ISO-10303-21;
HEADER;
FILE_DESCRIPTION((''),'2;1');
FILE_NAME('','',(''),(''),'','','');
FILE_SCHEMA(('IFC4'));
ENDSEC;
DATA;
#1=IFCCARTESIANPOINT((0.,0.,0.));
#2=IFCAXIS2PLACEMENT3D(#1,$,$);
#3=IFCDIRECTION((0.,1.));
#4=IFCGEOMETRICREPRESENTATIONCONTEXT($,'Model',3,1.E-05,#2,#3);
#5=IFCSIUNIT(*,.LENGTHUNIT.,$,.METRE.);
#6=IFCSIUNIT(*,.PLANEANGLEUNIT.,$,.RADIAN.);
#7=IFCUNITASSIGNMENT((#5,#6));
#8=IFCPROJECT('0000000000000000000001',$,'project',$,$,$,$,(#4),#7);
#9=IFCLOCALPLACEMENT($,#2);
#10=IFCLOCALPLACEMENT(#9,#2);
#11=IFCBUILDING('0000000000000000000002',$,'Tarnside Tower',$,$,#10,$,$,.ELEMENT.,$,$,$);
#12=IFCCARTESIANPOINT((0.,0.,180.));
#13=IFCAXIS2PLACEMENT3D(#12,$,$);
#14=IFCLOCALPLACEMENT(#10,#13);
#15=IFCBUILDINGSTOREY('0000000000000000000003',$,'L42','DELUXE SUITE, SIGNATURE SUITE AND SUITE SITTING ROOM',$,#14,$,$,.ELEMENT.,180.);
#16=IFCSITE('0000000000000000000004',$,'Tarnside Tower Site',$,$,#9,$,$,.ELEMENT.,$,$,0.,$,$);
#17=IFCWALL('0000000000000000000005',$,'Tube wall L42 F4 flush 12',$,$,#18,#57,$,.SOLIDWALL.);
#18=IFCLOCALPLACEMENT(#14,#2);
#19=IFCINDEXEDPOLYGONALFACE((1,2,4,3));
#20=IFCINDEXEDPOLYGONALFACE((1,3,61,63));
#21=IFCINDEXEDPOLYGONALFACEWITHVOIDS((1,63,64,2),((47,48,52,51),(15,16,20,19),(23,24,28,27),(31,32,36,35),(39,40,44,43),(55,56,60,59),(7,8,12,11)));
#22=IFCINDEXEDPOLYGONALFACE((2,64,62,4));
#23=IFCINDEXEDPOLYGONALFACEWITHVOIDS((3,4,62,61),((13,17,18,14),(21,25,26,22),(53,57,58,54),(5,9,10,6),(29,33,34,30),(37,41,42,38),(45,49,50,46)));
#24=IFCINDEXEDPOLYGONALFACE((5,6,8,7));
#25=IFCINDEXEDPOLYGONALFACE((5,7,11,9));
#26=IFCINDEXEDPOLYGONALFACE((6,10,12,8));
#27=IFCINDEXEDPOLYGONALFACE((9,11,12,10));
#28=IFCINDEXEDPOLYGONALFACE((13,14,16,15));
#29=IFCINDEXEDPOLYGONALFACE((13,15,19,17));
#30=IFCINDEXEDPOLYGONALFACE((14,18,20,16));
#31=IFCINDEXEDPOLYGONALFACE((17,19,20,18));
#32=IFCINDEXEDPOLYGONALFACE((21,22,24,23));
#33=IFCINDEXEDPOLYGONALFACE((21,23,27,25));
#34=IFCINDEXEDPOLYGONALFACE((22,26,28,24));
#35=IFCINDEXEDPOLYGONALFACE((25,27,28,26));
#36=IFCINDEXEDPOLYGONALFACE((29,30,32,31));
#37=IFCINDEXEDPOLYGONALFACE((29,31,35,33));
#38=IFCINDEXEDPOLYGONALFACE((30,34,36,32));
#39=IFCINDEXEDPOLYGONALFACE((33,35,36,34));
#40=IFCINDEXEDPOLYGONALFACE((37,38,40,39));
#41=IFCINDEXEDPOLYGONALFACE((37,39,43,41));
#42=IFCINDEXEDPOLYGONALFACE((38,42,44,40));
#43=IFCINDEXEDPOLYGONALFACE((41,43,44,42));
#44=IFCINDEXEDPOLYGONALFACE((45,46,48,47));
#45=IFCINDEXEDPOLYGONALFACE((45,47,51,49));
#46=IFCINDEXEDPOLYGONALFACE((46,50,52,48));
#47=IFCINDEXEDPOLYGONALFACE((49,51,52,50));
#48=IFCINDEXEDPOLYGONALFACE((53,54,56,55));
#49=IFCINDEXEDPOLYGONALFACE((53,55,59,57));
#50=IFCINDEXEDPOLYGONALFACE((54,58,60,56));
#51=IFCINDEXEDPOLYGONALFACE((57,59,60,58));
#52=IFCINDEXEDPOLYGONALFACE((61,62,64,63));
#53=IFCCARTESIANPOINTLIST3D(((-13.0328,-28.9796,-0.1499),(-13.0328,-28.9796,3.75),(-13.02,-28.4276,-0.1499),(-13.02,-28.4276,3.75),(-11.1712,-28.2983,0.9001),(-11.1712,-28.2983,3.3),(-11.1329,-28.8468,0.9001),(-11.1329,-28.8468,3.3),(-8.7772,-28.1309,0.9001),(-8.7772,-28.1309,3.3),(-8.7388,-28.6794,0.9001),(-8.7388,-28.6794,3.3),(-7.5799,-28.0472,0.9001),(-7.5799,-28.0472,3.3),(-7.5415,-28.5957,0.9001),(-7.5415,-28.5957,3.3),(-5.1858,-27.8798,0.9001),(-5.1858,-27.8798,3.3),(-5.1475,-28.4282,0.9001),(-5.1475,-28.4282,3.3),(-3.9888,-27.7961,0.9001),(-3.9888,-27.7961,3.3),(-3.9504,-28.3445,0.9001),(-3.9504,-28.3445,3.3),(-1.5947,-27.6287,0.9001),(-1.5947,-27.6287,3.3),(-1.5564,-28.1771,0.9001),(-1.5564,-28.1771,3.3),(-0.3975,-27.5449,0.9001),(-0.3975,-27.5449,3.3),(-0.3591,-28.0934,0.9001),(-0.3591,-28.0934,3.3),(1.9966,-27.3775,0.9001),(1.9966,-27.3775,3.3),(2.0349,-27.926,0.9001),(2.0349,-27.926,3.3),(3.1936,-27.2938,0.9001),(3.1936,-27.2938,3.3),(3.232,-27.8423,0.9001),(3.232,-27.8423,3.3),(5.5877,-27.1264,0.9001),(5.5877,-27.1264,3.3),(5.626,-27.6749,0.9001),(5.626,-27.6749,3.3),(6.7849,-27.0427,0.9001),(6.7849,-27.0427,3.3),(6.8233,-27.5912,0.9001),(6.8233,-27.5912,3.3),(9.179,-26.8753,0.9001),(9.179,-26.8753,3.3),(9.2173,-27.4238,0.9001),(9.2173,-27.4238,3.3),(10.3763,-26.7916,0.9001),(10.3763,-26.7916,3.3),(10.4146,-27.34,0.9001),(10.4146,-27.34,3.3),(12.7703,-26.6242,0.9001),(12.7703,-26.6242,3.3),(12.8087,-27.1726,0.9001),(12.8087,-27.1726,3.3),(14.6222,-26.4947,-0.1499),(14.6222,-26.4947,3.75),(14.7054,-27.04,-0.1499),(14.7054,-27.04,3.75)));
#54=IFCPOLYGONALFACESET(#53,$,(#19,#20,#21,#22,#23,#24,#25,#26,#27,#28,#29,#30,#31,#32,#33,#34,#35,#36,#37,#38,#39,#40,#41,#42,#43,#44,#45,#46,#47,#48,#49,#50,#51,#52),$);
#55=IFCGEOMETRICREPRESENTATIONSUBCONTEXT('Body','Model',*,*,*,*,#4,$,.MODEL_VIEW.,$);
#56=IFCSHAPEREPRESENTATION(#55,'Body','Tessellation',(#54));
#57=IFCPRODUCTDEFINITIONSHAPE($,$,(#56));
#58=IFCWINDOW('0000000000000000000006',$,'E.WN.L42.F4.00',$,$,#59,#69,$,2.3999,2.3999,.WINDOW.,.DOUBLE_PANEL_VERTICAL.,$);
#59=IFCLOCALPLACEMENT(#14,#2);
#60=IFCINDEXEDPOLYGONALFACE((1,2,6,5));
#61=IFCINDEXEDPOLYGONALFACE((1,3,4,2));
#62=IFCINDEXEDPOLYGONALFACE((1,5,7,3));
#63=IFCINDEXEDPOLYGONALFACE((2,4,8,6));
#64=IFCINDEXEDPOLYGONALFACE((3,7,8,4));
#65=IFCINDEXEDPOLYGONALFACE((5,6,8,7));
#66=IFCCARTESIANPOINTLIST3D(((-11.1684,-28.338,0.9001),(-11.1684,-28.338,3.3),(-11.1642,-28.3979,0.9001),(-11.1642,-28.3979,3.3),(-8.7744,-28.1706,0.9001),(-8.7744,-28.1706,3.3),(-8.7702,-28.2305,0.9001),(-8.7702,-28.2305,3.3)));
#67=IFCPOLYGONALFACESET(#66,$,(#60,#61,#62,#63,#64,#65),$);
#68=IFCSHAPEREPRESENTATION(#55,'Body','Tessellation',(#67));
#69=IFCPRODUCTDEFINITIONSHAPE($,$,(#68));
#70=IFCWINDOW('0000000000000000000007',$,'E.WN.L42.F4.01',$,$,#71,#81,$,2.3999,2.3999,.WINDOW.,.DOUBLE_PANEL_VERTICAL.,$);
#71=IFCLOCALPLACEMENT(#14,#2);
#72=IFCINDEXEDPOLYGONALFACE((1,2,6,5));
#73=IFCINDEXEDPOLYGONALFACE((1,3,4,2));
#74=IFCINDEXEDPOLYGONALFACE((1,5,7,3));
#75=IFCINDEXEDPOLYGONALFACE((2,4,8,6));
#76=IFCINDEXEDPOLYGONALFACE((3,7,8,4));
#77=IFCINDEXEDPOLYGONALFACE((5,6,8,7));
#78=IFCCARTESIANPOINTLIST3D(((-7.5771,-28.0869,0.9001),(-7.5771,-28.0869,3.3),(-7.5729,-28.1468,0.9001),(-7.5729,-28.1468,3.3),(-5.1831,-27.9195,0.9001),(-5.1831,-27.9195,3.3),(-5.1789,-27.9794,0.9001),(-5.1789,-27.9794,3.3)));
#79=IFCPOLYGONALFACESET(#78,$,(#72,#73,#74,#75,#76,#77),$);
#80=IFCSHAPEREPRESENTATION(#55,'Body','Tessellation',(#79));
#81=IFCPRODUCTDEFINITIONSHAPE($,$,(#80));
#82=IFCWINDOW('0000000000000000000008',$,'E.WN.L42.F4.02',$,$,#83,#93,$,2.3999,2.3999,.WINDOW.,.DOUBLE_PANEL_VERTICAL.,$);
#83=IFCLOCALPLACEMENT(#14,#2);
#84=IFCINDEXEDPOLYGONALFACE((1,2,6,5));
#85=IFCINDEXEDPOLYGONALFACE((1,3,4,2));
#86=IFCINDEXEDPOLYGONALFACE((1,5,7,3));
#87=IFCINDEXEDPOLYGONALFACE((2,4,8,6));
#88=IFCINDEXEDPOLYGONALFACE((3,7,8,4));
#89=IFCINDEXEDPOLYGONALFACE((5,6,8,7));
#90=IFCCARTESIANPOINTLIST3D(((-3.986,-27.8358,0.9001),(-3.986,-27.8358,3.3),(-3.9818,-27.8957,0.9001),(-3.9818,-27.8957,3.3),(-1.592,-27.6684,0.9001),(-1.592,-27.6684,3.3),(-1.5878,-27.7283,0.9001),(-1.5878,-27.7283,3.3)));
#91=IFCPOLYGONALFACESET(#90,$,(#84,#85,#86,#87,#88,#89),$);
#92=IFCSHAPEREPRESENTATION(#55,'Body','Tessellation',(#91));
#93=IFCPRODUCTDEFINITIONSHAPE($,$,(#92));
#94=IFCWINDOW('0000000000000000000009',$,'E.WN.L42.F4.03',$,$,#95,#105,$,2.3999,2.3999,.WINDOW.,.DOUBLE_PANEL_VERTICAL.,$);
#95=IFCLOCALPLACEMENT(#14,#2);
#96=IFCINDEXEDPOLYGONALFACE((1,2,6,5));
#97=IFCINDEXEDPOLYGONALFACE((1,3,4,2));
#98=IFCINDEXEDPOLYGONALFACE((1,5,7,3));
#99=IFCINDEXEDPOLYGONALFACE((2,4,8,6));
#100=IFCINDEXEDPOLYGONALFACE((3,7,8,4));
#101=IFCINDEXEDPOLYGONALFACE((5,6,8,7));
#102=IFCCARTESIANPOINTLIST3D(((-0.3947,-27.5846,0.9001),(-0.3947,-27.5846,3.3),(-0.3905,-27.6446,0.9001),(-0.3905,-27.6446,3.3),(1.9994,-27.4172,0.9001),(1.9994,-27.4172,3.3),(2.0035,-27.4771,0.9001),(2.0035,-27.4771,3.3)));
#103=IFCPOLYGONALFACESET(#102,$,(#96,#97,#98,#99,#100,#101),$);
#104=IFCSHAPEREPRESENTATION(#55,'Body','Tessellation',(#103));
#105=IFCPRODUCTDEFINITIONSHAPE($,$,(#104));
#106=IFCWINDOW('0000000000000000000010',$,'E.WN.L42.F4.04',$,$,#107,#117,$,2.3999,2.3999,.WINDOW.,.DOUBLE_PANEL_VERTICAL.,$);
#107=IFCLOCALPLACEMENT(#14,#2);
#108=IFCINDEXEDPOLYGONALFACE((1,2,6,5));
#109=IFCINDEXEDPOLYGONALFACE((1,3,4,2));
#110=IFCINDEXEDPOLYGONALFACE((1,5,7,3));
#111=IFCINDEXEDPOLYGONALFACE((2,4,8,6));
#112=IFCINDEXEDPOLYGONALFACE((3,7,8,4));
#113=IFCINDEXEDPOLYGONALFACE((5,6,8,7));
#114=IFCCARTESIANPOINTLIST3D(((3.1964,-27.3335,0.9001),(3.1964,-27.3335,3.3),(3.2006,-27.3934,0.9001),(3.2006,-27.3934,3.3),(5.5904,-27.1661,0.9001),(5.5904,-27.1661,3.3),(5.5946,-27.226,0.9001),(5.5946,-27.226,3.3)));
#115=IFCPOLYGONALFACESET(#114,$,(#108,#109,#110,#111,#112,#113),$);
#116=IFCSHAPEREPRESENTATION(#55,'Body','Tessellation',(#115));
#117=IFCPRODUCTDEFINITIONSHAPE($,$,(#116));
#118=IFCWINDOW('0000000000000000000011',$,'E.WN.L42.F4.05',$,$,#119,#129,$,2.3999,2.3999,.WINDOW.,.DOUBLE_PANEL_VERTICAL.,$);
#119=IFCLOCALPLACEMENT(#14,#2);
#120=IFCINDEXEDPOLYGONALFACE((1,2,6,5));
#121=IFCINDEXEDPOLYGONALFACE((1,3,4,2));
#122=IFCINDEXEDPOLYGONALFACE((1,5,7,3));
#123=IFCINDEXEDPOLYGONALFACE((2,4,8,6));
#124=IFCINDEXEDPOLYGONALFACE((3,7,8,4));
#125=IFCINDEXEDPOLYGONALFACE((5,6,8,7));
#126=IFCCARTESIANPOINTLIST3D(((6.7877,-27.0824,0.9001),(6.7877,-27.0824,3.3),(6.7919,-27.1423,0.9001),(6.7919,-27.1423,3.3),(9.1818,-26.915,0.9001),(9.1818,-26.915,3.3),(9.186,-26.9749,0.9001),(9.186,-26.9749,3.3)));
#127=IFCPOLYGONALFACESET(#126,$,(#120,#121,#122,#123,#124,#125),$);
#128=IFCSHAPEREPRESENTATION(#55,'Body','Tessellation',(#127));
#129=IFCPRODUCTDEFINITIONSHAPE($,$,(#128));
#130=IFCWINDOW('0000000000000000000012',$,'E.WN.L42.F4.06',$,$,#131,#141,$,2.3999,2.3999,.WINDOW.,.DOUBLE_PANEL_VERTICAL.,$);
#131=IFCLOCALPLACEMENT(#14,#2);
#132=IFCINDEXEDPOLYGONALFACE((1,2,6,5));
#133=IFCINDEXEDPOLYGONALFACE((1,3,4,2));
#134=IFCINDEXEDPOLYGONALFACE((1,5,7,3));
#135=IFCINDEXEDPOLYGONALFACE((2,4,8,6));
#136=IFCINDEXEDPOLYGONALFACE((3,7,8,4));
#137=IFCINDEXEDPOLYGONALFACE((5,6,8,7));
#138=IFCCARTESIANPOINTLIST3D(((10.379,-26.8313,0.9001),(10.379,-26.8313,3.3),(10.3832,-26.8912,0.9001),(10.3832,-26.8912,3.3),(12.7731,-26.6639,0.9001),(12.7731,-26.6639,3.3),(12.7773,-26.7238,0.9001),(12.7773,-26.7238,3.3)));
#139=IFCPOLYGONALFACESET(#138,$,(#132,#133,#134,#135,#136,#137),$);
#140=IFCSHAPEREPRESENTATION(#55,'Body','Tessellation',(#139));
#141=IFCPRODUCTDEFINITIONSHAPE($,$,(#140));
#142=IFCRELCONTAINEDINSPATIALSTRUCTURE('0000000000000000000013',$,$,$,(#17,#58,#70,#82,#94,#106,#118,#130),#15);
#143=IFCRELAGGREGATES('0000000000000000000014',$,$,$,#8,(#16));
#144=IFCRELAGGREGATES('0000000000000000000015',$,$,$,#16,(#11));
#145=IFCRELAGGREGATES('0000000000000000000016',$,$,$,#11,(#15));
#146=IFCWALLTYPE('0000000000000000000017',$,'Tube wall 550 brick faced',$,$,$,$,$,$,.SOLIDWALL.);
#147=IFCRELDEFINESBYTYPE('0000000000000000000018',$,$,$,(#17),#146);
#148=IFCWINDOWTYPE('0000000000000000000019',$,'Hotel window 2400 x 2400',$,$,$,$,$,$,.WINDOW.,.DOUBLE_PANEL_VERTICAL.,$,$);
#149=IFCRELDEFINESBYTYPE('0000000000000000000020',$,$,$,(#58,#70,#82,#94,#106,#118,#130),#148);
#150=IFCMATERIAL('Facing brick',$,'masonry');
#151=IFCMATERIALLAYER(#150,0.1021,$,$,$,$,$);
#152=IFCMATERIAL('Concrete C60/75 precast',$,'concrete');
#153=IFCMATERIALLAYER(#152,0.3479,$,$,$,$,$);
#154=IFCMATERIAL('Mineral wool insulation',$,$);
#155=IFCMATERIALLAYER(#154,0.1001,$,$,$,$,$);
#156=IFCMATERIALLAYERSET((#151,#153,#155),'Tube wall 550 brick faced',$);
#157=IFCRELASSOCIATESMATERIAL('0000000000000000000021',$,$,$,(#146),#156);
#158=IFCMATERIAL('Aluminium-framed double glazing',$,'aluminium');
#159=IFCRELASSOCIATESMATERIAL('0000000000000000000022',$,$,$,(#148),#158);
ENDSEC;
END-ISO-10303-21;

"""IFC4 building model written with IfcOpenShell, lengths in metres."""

from ifc_helpers import new_model, si_unit, direction, frame, frame_2d, origin, place, context, subcontext, project, spatial, polyline, rectangle, outline, extrude, material, layer, layer_set, type_object, element, fill, save


model = new_model("IFC4")

# Units and contexts
model_context = context("Model", 3, precision=1e-05, world=origin(), true_north=direction((0.0, 1.0)))
body_context = subcontext(model_context, "Body", "Model", "MODEL_VIEW")
ifc_project = project(units=[si_unit("LENGTHUNIT", "METRE"), si_unit("PLANEANGLEUNIT", "RADIAN")], contexts=[model_context])

# Site, building, storey
site_placement = place(None, origin())
site = spatial("IfcSite", under=ifc_project, at=site_placement, Name="Tarnside Tower Site", CompositionType="ELEMENT", RefElevation=0.0)
building_placement = place(site_placement, origin())
building = spatial("IfcBuilding", under=site, at=building_placement, Name="Tarnside Tower", CompositionType="ELEMENT")
storey_placement = place(building_placement, frame((0.0, 0.0, 180.0)))
storey = spatial("IfcBuildingStorey", under=building, at=storey_placement, Name="L42", Description="DELUXE SUITE, SIGNATURE SUITE AND SUITE SITTING ROOM", CompositionType="ELEMENT", Elevation=180.0)

# Shared definitions
ifc_material_1 = material(Name="Facing brick", Category="masonry")
ifc_layer_1 = layer(ifc_material_1, 0.1021)
ifc_material_2 = material(Name="Concrete C60/75 precast", Category="concrete")
ifc_layer_2 = layer(ifc_material_2, 0.3479)
ifc_material_3 = material(Name="Mineral wool insulation")
ifc_layer_3 = layer(ifc_material_3, 0.1001)
ifc_layer_set_1 = layer_set([ifc_layer_1, ifc_layer_2, ifc_layer_3], Name="Tube wall 550 brick faced")
wall_type_1 = type_object("IfcWallType", Name="Tube wall 550 brick faced", PredefinedType="SOLIDWALL", material=ifc_layer_set_1)

# Wall, openings, windows
wall_1_placement = place(storey_placement, frame((-13.0264, -28.7036, -0.1499), z_axis=(0.0, 0.0, 1.0), x_axis=(0.997564, 0.069756, 0.0)))
wall_1 = element("IfcWall", 1, at=wall_1_placement, inside=storey, type_object=wall_type_1, Name="Tube wall L42 F4 flush 12", PredefinedType="SOLIDWALL", context=body_context, shape_type="SweptSolid", body=[
    extrude(outline(polyline([(-0.0256, -0.2749), (27.7803, -0.2749), (27.7354, 0.2749), (0.0256, 0.2749), (-0.0256, -0.2749)])), origin(), (0.0, 0.0, 1.0), 3.8999),
])
opening_1_placement = place(wall_1_placement, frame((1.8789, 0.0, 1.05)))
opening_1 = element("IfcOpeningElement", 2, at=opening_1_placement, cuts=wall_1, PredefinedType="OPENING", context=body_context, shape_type="SweptSolid", body=[
    extrude(rectangle(XDim=2.3999, YDim=2.3999, at=frame_2d((1.2, 1.2))), frame((0.0, 0.2852, 0.0), z_axis=(0.0, -1.0, 0.0), x_axis=(1.0, 0.0, 0.0)), (0.0, 0.0, 1.0), 0.5701),
])
opening_2_placement = place(wall_1_placement, frame((5.479, 0.0, 1.05)))
opening_2 = element("IfcOpeningElement", 3, at=opening_2_placement, cuts=wall_1, PredefinedType="OPENING", context=body_context, shape_type="SweptSolid", body=[
    extrude(rectangle(XDim=2.3999, YDim=2.3999, at=frame_2d((1.2, 1.2))), frame((0.0, 0.2852, 0.0), z_axis=(0.0, -1.0, 0.0), x_axis=(1.0, 0.0, 0.0)), (0.0, 0.0, 1.0), 0.5701),
])
opening_3_placement = place(wall_1_placement, frame((9.0789, 0.0, 1.05)))
opening_3 = element("IfcOpeningElement", 4, at=opening_3_placement, cuts=wall_1, PredefinedType="OPENING", context=body_context, shape_type="SweptSolid", body=[
    extrude(rectangle(XDim=2.3999, YDim=2.3999, at=frame_2d((1.2, 1.2))), frame((0.0, 0.2852, 0.0), z_axis=(0.0, -1.0, 0.0), x_axis=(1.0, 0.0, 0.0)), (0.0, 0.0, 1.0), 0.5701),
])
opening_4_placement = place(wall_1_placement, frame((12.679, 0.0, 1.05)))
opening_4 = element("IfcOpeningElement", 5, at=opening_4_placement, cuts=wall_1, PredefinedType="OPENING", context=body_context, shape_type="SweptSolid", body=[
    extrude(rectangle(XDim=2.3999, YDim=2.3999, at=frame_2d((1.2, 1.2))), frame((0.0, 0.2852, 0.0), z_axis=(0.0, -1.0, 0.0), x_axis=(1.0, 0.0, 0.0)), (0.0, 0.0, 1.0), 0.5701),
])
opening_5_placement = place(wall_1_placement, frame((16.2788, 0.0, 1.05)))
opening_5 = element("IfcOpeningElement", 6, at=opening_5_placement, cuts=wall_1, PredefinedType="OPENING", context=body_context, shape_type="SweptSolid", body=[
    extrude(rectangle(XDim=2.3999, YDim=2.3999, at=frame_2d((1.2, 1.2))), frame((0.0, 0.2852, 0.0), z_axis=(0.0, -1.0, 0.0), x_axis=(1.0, 0.0, 0.0)), (0.0, 0.0, 1.0), 0.5701),
])
opening_6_placement = place(wall_1_placement, frame((19.8789, 0.0, 1.05)))
opening_6 = element("IfcOpeningElement", 7, at=opening_6_placement, cuts=wall_1, PredefinedType="OPENING", context=body_context, shape_type="SweptSolid", body=[
    extrude(rectangle(XDim=2.3999, YDim=2.3999, at=frame_2d((1.2, 1.2))), frame((0.0, 0.2852, 0.0), z_axis=(0.0, -1.0, 0.0), x_axis=(1.0, 0.0, 0.0)), (0.0, 0.0, 1.0), 0.5701),
])
opening_7_placement = place(wall_1_placement, frame((23.479, 0.0, 1.05)))
opening_7 = element("IfcOpeningElement", 8, at=opening_7_placement, cuts=wall_1, PredefinedType="OPENING", context=body_context, shape_type="SweptSolid", body=[
    extrude(rectangle(XDim=2.3999, YDim=2.3999, at=frame_2d((1.2, 1.2))), frame((0.0, 0.2852, 0.0), z_axis=(0.0, -1.0, 0.0), x_axis=(1.0, 0.0, 0.0)), (0.0, 0.0, 1.0), 0.5701),
])
ifc_material_4 = material(Name="Aluminium-framed double glazing", Category="aluminium")
window_type = type_object("IfcWindowType", Name="Hotel window 2400 x 2400", PartitioningType="DOUBLE_PANEL_VERTICAL", PredefinedType="WINDOW", material=ifc_material_4)
window_1_placement = place(opening_1_placement, frame((0.0, 0.2051, 0.0)))
window_1 = element("IfcWindow", 9, at=window_1_placement, inside=storey, type_object=window_type, Name="E.WN.L42.F4.00", OverallHeight=2.3999, OverallWidth=2.3999, PartitioningType="DOUBLE_PANEL_VERTICAL", PredefinedType="WINDOW", context=body_context, shape_type="SweptSolid", body=[
    extrude(rectangle(XDim=2.3999, YDim=2.3999, at=frame_2d((1.2, 1.2))), frame((0.0, 0.03, 0.0), z_axis=(0.0, -1.0, 0.0), x_axis=(1.0, 0.0, 0.0)), (0.0, 0.0, 1.0), 0.0601),
])
fill(opening_1, window_1)
window_2_placement = place(opening_2_placement, frame((0.0, 0.2051, 0.0)))
window_2 = element("IfcWindow", 10, at=window_2_placement, inside=storey, type_object=window_type, Name="E.WN.L42.F4.01", OverallHeight=2.3999, OverallWidth=2.3999, PartitioningType="DOUBLE_PANEL_VERTICAL", PredefinedType="WINDOW", context=body_context, shape_type="SweptSolid", body=[
    extrude(rectangle(XDim=2.3999, YDim=2.3999, at=frame_2d((1.2, 1.2))), frame((0.0, 0.03, 0.0), z_axis=(0.0, -1.0, 0.0), x_axis=(1.0, 0.0, 0.0)), (0.0, 0.0, 1.0), 0.0601),
])
fill(opening_2, window_2)
window_3_placement = place(opening_3_placement, frame((0.0, 0.2051, 0.0)))
window_3 = element("IfcWindow", 11, at=window_3_placement, inside=storey, type_object=window_type, Name="E.WN.L42.F4.02", OverallHeight=2.3999, OverallWidth=2.3999, PartitioningType="DOUBLE_PANEL_VERTICAL", PredefinedType="WINDOW", context=body_context, shape_type="SweptSolid", body=[
    extrude(rectangle(XDim=2.3999, YDim=2.3999, at=frame_2d((1.2, 1.2))), frame((0.0, 0.03, 0.0), z_axis=(0.0, -1.0, 0.0), x_axis=(1.0, 0.0, 0.0)), (0.0, 0.0, 1.0), 0.0601),
])
fill(opening_3, window_3)
window_4_placement = place(opening_4_placement, frame((0.0, 0.2051, 0.0)))
window_4 = element("IfcWindow", 12, at=window_4_placement, inside=storey, type_object=window_type, Name="E.WN.L42.F4.03", OverallHeight=2.3999, OverallWidth=2.3999, PartitioningType="DOUBLE_PANEL_VERTICAL", PredefinedType="WINDOW", context=body_context, shape_type="SweptSolid", body=[
    extrude(rectangle(XDim=2.3999, YDim=2.3999, at=frame_2d((1.2, 1.2))), frame((0.0, 0.03, 0.0), z_axis=(0.0, -1.0, 0.0), x_axis=(1.0, 0.0, 0.0)), (0.0, 0.0, 1.0), 0.0601),
])
fill(opening_4, window_4)
window_5_placement = place(opening_5_placement, frame((0.0, 0.2051, 0.0)))
window_5 = element("IfcWindow", 13, at=window_5_placement, inside=storey, type_object=window_type, Name="E.WN.L42.F4.04", OverallHeight=2.3999, OverallWidth=2.3999, PartitioningType="DOUBLE_PANEL_VERTICAL", PredefinedType="WINDOW", context=body_context, shape_type="SweptSolid", body=[
    extrude(rectangle(XDim=2.3999, YDim=2.3999, at=frame_2d((1.2, 1.2))), frame((0.0, 0.03, 0.0), z_axis=(0.0, -1.0, 0.0), x_axis=(1.0, 0.0, 0.0)), (0.0, 0.0, 1.0), 0.0601),
])
fill(opening_5, window_5)
window_6_placement = place(opening_6_placement, frame((0.0, 0.2051, 0.0)))
window_6 = element("IfcWindow", 14, at=window_6_placement, inside=storey, type_object=window_type, Name="E.WN.L42.F4.05", OverallHeight=2.3999, OverallWidth=2.3999, PartitioningType="DOUBLE_PANEL_VERTICAL", PredefinedType="WINDOW", context=body_context, shape_type="SweptSolid", body=[
    extrude(rectangle(XDim=2.3999, YDim=2.3999, at=frame_2d((1.2, 1.2))), frame((0.0, 0.03, 0.0), z_axis=(0.0, -1.0, 0.0), x_axis=(1.0, 0.0, 0.0)), (0.0, 0.0, 1.0), 0.0601),
])
fill(opening_6, window_6)
window_7_placement = place(opening_7_placement, frame((0.0, 0.2051, 0.0)))
window_7 = element("IfcWindow", 15, at=window_7_placement, inside=storey, type_object=window_type, Name="E.WN.L42.F4.06", OverallHeight=2.3999, OverallWidth=2.3999, PartitioningType="DOUBLE_PANEL_VERTICAL", PredefinedType="WINDOW", context=body_context, shape_type="SweptSolid", body=[
    extrude(rectangle(XDim=2.3999, YDim=2.3999, at=frame_2d((1.2, 1.2))), frame((0.0, 0.03, 0.0), z_axis=(0.0, -1.0, 0.0), x_axis=(1.0, 0.0, 0.0)), (0.0, 0.0, 1.0), 0.0601),
])
fill(opening_7, window_7)

save(model, "model.ifc")
